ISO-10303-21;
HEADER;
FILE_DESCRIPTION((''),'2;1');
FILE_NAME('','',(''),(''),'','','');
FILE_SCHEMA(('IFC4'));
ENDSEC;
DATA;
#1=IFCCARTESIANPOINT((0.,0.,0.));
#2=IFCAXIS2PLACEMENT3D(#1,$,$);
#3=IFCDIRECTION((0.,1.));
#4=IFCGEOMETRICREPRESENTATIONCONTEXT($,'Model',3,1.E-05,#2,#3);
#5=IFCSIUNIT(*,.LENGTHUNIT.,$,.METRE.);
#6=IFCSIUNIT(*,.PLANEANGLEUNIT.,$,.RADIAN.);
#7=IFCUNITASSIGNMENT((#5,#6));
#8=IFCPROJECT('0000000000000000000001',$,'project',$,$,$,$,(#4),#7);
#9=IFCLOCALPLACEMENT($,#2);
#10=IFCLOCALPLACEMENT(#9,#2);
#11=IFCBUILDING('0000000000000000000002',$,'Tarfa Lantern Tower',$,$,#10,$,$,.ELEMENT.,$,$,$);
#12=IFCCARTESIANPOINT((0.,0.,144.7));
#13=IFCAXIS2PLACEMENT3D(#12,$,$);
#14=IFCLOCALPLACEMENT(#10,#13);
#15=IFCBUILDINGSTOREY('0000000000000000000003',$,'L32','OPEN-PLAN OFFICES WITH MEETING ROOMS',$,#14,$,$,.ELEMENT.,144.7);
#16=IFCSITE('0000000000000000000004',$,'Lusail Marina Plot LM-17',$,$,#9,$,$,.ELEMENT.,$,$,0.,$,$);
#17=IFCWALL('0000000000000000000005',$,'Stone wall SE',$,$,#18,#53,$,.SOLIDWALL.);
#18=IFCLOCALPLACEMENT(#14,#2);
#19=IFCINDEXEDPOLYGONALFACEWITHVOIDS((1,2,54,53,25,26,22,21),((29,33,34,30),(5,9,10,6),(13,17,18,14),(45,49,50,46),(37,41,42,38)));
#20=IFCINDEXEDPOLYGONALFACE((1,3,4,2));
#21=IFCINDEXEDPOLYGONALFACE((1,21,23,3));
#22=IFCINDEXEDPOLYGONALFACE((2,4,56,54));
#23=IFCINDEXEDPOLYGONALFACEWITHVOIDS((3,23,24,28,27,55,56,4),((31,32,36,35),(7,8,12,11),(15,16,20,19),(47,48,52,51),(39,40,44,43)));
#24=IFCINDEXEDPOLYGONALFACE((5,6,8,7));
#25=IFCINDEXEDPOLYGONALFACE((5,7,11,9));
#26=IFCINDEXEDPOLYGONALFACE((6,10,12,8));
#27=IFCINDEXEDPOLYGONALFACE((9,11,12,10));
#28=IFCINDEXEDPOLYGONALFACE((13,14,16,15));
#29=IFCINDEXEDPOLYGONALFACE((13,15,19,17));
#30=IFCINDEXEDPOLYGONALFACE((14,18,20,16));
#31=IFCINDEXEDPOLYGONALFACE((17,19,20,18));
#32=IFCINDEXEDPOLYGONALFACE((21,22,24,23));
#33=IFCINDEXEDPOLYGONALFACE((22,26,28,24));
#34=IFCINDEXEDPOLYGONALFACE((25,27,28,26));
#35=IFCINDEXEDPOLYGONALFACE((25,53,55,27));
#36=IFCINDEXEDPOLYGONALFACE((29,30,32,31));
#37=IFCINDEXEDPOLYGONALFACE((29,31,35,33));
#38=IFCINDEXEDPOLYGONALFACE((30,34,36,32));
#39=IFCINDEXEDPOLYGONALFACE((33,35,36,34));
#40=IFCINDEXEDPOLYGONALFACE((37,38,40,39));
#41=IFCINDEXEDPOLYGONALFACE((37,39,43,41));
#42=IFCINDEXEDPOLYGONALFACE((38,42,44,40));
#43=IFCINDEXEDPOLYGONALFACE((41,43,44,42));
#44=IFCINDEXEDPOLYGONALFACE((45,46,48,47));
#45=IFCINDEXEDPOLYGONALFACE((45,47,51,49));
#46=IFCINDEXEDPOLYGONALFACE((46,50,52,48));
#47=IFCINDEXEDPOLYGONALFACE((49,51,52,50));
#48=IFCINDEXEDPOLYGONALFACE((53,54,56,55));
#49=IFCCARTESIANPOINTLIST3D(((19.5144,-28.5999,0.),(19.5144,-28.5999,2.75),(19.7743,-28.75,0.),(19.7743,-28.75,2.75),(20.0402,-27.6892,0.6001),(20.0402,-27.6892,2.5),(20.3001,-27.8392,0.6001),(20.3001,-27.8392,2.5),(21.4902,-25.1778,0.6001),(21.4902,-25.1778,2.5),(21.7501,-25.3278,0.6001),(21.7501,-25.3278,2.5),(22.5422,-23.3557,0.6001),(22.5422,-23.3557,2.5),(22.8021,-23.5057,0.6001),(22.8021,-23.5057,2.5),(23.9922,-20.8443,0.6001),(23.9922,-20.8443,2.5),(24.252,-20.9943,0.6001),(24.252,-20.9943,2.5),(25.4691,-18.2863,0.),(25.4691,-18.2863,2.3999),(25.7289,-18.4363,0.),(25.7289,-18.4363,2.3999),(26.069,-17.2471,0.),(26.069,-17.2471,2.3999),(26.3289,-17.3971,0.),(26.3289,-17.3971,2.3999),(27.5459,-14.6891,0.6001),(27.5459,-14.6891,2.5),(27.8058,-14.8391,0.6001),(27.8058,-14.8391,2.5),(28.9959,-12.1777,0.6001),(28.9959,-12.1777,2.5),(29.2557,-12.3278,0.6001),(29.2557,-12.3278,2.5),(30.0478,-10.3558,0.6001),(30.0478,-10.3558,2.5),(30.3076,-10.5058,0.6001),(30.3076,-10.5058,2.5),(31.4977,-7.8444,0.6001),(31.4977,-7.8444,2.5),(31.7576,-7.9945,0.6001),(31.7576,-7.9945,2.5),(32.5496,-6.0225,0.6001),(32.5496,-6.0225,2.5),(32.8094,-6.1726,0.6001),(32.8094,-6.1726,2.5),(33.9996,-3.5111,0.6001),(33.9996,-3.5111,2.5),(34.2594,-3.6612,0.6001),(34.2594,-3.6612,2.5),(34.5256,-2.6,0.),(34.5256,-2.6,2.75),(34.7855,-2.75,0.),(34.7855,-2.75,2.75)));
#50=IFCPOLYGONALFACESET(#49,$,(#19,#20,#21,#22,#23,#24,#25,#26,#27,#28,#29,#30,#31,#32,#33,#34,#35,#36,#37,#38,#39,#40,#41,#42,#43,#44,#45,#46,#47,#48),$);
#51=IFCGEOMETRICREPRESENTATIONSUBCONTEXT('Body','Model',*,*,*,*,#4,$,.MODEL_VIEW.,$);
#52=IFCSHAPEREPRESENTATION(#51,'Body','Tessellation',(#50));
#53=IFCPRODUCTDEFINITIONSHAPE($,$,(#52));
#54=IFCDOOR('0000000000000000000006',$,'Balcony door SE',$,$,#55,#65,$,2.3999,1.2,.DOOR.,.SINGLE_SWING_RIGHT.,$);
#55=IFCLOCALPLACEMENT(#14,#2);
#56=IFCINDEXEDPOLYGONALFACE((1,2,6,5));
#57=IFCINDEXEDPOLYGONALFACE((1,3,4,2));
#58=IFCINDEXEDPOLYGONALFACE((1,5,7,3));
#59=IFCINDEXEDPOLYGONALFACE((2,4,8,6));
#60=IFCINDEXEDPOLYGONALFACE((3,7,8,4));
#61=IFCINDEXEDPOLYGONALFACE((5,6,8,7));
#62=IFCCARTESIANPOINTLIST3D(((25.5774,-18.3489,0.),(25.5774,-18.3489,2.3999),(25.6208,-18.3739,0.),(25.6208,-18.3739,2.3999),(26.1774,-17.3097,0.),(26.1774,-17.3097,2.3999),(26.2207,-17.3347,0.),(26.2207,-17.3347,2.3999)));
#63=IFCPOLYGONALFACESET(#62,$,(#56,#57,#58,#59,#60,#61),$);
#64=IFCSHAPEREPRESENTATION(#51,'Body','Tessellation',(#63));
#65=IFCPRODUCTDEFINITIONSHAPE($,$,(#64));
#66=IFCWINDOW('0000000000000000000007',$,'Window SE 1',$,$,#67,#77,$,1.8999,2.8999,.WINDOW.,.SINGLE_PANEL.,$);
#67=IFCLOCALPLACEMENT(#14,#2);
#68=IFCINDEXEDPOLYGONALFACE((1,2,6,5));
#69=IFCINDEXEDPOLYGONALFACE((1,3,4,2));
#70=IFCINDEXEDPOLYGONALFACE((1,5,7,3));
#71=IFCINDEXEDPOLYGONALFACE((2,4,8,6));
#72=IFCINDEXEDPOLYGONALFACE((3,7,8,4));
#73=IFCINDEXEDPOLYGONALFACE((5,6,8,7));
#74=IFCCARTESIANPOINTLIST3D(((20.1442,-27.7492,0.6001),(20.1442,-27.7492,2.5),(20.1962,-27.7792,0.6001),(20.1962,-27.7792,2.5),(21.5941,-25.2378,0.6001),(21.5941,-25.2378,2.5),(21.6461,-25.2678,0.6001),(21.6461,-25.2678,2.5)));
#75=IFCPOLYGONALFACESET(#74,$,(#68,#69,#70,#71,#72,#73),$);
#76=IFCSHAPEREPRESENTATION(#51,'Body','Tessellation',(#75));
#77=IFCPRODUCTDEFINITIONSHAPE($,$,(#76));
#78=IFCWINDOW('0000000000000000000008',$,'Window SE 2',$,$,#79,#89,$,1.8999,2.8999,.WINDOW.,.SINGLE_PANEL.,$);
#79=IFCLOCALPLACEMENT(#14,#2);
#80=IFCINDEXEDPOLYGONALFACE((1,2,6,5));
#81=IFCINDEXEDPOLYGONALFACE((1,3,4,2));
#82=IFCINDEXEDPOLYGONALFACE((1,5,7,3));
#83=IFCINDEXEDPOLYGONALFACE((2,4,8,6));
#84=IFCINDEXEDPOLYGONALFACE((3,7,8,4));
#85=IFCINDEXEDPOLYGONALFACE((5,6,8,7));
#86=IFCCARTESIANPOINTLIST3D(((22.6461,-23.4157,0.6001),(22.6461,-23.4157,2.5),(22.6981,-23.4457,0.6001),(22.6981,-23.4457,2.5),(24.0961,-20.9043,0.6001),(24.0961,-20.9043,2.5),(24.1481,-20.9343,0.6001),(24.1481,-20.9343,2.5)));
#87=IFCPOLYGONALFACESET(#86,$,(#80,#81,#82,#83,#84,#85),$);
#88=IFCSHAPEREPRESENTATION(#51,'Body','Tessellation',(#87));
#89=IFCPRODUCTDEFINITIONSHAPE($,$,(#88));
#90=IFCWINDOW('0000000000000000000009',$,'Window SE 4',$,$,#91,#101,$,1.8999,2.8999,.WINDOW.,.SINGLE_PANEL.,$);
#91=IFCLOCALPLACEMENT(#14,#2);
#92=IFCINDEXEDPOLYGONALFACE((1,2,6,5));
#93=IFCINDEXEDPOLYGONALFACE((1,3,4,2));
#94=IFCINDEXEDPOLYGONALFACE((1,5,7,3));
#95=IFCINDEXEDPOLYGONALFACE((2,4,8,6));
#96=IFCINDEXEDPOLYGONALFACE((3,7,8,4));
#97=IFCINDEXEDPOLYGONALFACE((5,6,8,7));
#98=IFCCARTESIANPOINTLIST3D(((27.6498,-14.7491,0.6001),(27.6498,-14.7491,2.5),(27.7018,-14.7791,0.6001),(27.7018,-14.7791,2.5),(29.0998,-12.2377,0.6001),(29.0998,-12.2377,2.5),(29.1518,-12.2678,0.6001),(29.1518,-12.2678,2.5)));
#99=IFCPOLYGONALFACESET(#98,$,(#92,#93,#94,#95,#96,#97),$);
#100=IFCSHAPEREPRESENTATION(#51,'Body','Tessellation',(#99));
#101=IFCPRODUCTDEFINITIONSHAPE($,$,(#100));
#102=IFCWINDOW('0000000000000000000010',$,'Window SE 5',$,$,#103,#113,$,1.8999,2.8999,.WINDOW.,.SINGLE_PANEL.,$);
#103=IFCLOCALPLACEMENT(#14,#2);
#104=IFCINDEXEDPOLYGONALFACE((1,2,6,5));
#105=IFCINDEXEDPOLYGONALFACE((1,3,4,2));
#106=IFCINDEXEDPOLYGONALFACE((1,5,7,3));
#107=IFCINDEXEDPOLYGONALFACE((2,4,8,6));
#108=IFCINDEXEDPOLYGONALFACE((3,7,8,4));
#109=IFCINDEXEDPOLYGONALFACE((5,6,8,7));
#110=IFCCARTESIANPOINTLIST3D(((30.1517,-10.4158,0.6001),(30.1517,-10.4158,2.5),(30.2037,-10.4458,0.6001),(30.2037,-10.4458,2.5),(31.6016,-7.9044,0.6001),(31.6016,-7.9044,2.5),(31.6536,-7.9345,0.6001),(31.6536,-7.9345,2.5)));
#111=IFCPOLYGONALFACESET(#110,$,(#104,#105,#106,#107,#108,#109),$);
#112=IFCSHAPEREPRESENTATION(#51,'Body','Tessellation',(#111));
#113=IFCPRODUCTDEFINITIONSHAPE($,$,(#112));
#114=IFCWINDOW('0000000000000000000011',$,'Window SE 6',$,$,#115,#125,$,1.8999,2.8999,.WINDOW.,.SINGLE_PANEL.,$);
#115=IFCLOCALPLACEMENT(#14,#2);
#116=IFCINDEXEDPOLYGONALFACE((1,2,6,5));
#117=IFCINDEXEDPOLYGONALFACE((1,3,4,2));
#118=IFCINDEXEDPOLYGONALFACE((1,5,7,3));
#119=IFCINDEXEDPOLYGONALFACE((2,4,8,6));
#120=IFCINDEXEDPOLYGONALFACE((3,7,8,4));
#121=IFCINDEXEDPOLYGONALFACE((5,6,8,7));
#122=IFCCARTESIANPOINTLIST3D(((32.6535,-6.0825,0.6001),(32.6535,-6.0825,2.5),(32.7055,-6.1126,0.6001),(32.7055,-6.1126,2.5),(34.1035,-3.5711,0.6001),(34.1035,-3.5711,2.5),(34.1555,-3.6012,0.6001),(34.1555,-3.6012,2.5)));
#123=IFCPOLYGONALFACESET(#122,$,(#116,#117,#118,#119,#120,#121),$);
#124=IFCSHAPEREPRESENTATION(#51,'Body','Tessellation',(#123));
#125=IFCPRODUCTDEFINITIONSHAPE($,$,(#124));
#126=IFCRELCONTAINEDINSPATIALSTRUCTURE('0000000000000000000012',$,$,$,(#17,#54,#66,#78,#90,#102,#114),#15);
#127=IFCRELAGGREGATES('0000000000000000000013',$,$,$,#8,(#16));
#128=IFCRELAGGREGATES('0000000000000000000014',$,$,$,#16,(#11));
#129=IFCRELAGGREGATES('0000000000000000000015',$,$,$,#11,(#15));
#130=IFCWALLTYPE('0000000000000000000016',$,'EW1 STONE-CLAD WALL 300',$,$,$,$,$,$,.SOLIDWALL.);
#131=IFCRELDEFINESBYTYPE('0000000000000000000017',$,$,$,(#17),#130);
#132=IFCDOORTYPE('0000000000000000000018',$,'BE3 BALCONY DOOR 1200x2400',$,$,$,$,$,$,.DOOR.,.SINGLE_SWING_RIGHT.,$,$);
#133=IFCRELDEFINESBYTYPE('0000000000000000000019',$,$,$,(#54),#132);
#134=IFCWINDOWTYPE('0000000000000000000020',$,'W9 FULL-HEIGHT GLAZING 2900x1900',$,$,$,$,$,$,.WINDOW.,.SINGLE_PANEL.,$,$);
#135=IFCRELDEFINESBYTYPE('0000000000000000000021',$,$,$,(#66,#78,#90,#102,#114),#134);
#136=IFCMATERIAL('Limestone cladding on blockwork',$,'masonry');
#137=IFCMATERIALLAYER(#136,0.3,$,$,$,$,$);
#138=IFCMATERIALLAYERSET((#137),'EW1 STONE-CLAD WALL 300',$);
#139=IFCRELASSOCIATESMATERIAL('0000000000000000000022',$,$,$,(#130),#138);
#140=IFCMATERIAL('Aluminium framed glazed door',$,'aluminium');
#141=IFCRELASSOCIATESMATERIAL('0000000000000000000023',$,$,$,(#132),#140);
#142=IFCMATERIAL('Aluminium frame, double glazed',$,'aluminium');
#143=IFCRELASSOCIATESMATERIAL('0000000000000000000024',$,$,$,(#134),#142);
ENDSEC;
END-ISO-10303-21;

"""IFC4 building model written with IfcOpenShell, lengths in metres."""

from ifc_helpers import new_model, si_unit, direction, frame, frame_2d, origin, place, context, subcontext, project, spatial, rectangle, extrude, material, layer, layer_set, type_object, element, fill, save


model = new_model("IFC4")

# Units and contexts
model_context = context("Model", 3, precision=1e-05, world=origin(), true_north=direction((0.0, 1.0)))
body_context = subcontext(model_context, "Body", "Model", "MODEL_VIEW")
ifc_project = project(units=[si_unit("LENGTHUNIT", "METRE"), si_unit("PLANEANGLEUNIT", "RADIAN")], contexts=[model_context])

# Site, building, storey
site_placement = place(None, origin())
site = spatial("IfcSite", under=ifc_project, at=site_placement, Name="Lusail Marina Plot LM-17", CompositionType="ELEMENT", RefElevation=0.0)
building_placement = place(site_placement, origin())
building = spatial("IfcBuilding", under=site, at=building_placement, Name="Tarfa Lantern Tower", CompositionType="ELEMENT")
storey_placement = place(building_placement, frame((0.0, 0.0, 144.7)))
storey = spatial("IfcBuildingStorey", under=building, at=storey_placement, Name="L32", Description="OPEN-PLAN OFFICES WITH MEETING ROOMS", CompositionType="ELEMENT", Elevation=144.7)

# Wall, openings, door, windows
ifc_material_1 = material(Name="Limestone cladding on blockwork", Category="masonry")
ifc_layer = layer(ifc_material_1, 0.3)
ifc_layer_set = layer_set([ifc_layer], Name="EW1 STONE-CLAD WALL 300")
wall_type = type_object("IfcWallType", Name="EW1 STONE-CLAD WALL 300", PredefinedType="SOLIDWALL", material=ifc_layer_set)
wall_placement = place(storey_placement, frame((19.6443, -28.675, 0.0), z_axis=(0.0, 0.0, 1.0), x_axis=(0.500003, 0.866024, 0.0)))
wall = element("IfcWall", 1, at=wall_placement, inside=storey, type_object=wall_type, Name="Stone wall SE", PredefinedType="SOLIDWALL", context=body_context, shape_type="SweptSolid", body=[
    extrude(rectangle(XDim=30.0222, YDim=0.3, at=frame_2d((15.0112, 0.0))), origin(), (0.0, 0.0, 1.0), 2.75),
])
opening_1_placement = place(wall_placement, frame((1.0518, 0.0, 0.6001)))
opening_1 = element("IfcOpeningElement", 2, at=opening_1_placement, cuts=wall, PredefinedType="OPENING", context=body_context, shape_type="SweptSolid", body=[
    extrude(rectangle(XDim=2.8999, YDim=1.8999, at=frame_2d((1.45, 0.95))), frame((0.0, 0.1599, 0.0), z_axis=(0.0, -1.0, 0.0), x_axis=(1.0, 0.0, 0.0)), (0.0, 0.0, 1.0), 0.3201),
])
opening_2_placement = place(wall_placement, frame((6.0557, 0.0, 0.6001)))
opening_2 = element("IfcOpeningElement", 3, at=opening_2_placement, cuts=wall, PredefinedType="OPENING", context=body_context, shape_type="SweptSolid", body=[
    extrude(rectangle(XDim=2.8999, YDim=1.8999, at=frame_2d((1.45, 0.95))), frame((0.0, 0.1599, 0.0), z_axis=(0.0, -1.0, 0.0), x_axis=(1.0, 0.0, 0.0)), (0.0, 0.0, 1.0), 0.3201),
])
opening_3_placement = place(wall_placement, frame((11.9092, 0.0, 0.0)))
opening_3 = element("IfcOpeningElement", 4, at=opening_3_placement, cuts=wall, PredefinedType="OPENING", context=body_context, shape_type="SweptSolid", body=[
    extrude(rectangle(XDim=1.2, YDim=2.3999, at=frame_2d((0.6001, 1.2))), frame((0.0, 0.1599, 0.0), z_axis=(0.0, -1.0, 0.0), x_axis=(1.0, 0.0, 0.0)), (0.0, 0.0, 1.0), 0.3201),
])
opening_4_placement = place(wall_placement, frame((16.063, 0.0, 0.6001)))
opening_4 = element("IfcOpeningElement", 5, at=opening_4_placement, cuts=wall, PredefinedType="OPENING", context=body_context, shape_type="SweptSolid", body=[
    extrude(rectangle(XDim=2.8999, YDim=1.8999, at=frame_2d((1.45, 0.95))), frame((0.0, 0.1599, 0.0), z_axis=(0.0, -1.0, 0.0), x_axis=(1.0, 0.0, 0.0)), (0.0, 0.0, 1.0), 0.3201),
])
opening_5_placement = place(wall_placement, frame((21.0667, 0.0, 0.6001)))
opening_5 = element("IfcOpeningElement", 6, at=opening_5_placement, cuts=wall, PredefinedType="OPENING", context=body_context, shape_type="SweptSolid", body=[
    extrude(rectangle(XDim=2.8999, YDim=1.8999, at=frame_2d((1.45, 0.95))), frame((0.0, 0.1599, 0.0), z_axis=(0.0, -1.0, 0.0), x_axis=(1.0, 0.0, 0.0)), (0.0, 0.0, 1.0), 0.3201),
])
opening_6_placement = place(wall_placement, frame((26.0703, 0.0, 0.6001)))
opening_6 = element("IfcOpeningElement", 7, at=opening_6_placement, cuts=wall, PredefinedType="OPENING", context=body_context, shape_type="SweptSolid", body=[
    extrude(rectangle(XDim=2.8999, YDim=1.8999, at=frame_2d((1.45, 0.95))), frame((0.0, 0.1599, 0.0), z_axis=(0.0, -1.0, 0.0), x_axis=(1.0, 0.0, 0.0)), (0.0, 0.0, 1.0), 0.3201),
])
ifc_material_2 = material(Name="Aluminium framed glazed door", Category="aluminium")
door_type = type_object("IfcDoorType", Name="BE3 BALCONY DOOR 1200x2400", OperationType="SINGLE_SWING_RIGHT", PredefinedType="DOOR", material=ifc_material_2)
door_placement = place(opening_3_placement, origin())
door = element("IfcDoor", 8, at=door_placement, inside=storey, type_object=door_type, Name="Balcony door SE", OperationType="SINGLE_SWING_RIGHT", OverallHeight=2.3999, OverallWidth=1.2, PredefinedType="DOOR", context=body_context, shape_type="SweptSolid", body=[
    extrude(rectangle(XDim=1.2, YDim=2.3999, at=frame_2d((0.6001, 1.2))), frame((0.0, 0.0249, 0.0), z_axis=(0.0, -1.0, 0.0), x_axis=(1.0, 0.0, 0.0)), (0.0, 0.0, 1.0), 0.05),
])
fill(opening_3, door)
ifc_material_3 = material(Name="Aluminium frame, double glazed", Category="aluminium")
window_type = type_object("IfcWindowType", Name="W9 FULL-HEIGHT GLAZING 2900x1900", PartitioningType="SINGLE_PANEL", PredefinedType="WINDOW", material=ifc_material_3)
window_1_placement = place(opening_1_placement, origin())
window_1 = element("IfcWindow", 9, at=window_1_placement, inside=storey, type_object=window_type, Name="Window SE 1", OverallHeight=1.8999, OverallWidth=2.8999, PartitioningType="SINGLE_PANEL", PredefinedType="WINDOW", context=body_context, shape_type="SweptSolid", body=[
    extrude(rectangle(XDim=2.8999, YDim=1.8999, at=frame_2d((1.45, 0.95))), frame((0.0, 0.03, 0.0), z_axis=(0.0, -1.0, 0.0), x_axis=(1.0, 0.0, 0.0)), (0.0, 0.0, 1.0), 0.0601),
])
fill(opening_1, window_1)
window_2_placement = place(opening_2_placement, origin())
window_2 = element("IfcWindow", 10, at=window_2_placement, inside=storey, type_object=window_type, Name="Window SE 2", OverallHeight=1.8999, OverallWidth=2.8999, PartitioningType="SINGLE_PANEL", PredefinedType="WINDOW", context=body_context, shape_type="SweptSolid", body=[
    extrude(rectangle(XDim=2.8999, YDim=1.8999, at=frame_2d((1.45, 0.95))), frame((0.0, 0.03, 0.0), z_axis=(0.0, -1.0, 0.0), x_axis=(1.0, 0.0, 0.0)), (0.0, 0.0, 1.0), 0.0601),
])
fill(opening_2, window_2)
window_3_placement = place(opening_4_placement, origin())
window_3 = element("IfcWindow", 11, at=window_3_placement, inside=storey, type_object=window_type, Name="Window SE 4", OverallHeight=1.8999, OverallWidth=2.8999, PartitioningType="SINGLE_PANEL", PredefinedType="WINDOW", context=body_context, shape_type="SweptSolid", body=[
    extrude(rectangle(XDim=2.8999, YDim=1.8999, at=frame_2d((1.45, 0.95))), frame((0.0, 0.03, 0.0), z_axis=(0.0, -1.0, 0.0), x_axis=(1.0, 0.0, 0.0)), (0.0, 0.0, 1.0), 0.0601),
])
fill(opening_4, window_3)
window_4_placement = place(opening_5_placement, origin())
window_4 = element("IfcWindow", 12, at=window_4_placement, inside=storey, type_object=window_type, Name="Window SE 5", OverallHeight=1.8999, OverallWidth=2.8999, PartitioningType="SINGLE_PANEL", PredefinedType="WINDOW", context=body_context, shape_type="SweptSolid", body=[
    extrude(rectangle(XDim=2.8999, YDim=1.8999, at=frame_2d((1.45, 0.95))), frame((0.0, 0.03, 0.0), z_axis=(0.0, -1.0, 0.0), x_axis=(1.0, 0.0, 0.0)), (0.0, 0.0, 1.0), 0.0601),
])
fill(opening_5, window_4)
window_5_placement = place(opening_6_placement, origin())
window_5 = element("IfcWindow", 13, at=window_5_placement, inside=storey, type_object=window_type, Name="Window SE 6", OverallHeight=1.8999, OverallWidth=2.8999, PartitioningType="SINGLE_PANEL", PredefinedType="WINDOW", context=body_context, shape_type="SweptSolid", body=[
    extrude(rectangle(XDim=2.8999, YDim=1.8999, at=frame_2d((1.45, 0.95))), frame((0.0, 0.03, 0.0), z_axis=(0.0, -1.0, 0.0), x_axis=(1.0, 0.0, 0.0)), (0.0, 0.0, 1.0), 0.0601),
])
fill(opening_6, window_5)

save(model, "model.ifc")
